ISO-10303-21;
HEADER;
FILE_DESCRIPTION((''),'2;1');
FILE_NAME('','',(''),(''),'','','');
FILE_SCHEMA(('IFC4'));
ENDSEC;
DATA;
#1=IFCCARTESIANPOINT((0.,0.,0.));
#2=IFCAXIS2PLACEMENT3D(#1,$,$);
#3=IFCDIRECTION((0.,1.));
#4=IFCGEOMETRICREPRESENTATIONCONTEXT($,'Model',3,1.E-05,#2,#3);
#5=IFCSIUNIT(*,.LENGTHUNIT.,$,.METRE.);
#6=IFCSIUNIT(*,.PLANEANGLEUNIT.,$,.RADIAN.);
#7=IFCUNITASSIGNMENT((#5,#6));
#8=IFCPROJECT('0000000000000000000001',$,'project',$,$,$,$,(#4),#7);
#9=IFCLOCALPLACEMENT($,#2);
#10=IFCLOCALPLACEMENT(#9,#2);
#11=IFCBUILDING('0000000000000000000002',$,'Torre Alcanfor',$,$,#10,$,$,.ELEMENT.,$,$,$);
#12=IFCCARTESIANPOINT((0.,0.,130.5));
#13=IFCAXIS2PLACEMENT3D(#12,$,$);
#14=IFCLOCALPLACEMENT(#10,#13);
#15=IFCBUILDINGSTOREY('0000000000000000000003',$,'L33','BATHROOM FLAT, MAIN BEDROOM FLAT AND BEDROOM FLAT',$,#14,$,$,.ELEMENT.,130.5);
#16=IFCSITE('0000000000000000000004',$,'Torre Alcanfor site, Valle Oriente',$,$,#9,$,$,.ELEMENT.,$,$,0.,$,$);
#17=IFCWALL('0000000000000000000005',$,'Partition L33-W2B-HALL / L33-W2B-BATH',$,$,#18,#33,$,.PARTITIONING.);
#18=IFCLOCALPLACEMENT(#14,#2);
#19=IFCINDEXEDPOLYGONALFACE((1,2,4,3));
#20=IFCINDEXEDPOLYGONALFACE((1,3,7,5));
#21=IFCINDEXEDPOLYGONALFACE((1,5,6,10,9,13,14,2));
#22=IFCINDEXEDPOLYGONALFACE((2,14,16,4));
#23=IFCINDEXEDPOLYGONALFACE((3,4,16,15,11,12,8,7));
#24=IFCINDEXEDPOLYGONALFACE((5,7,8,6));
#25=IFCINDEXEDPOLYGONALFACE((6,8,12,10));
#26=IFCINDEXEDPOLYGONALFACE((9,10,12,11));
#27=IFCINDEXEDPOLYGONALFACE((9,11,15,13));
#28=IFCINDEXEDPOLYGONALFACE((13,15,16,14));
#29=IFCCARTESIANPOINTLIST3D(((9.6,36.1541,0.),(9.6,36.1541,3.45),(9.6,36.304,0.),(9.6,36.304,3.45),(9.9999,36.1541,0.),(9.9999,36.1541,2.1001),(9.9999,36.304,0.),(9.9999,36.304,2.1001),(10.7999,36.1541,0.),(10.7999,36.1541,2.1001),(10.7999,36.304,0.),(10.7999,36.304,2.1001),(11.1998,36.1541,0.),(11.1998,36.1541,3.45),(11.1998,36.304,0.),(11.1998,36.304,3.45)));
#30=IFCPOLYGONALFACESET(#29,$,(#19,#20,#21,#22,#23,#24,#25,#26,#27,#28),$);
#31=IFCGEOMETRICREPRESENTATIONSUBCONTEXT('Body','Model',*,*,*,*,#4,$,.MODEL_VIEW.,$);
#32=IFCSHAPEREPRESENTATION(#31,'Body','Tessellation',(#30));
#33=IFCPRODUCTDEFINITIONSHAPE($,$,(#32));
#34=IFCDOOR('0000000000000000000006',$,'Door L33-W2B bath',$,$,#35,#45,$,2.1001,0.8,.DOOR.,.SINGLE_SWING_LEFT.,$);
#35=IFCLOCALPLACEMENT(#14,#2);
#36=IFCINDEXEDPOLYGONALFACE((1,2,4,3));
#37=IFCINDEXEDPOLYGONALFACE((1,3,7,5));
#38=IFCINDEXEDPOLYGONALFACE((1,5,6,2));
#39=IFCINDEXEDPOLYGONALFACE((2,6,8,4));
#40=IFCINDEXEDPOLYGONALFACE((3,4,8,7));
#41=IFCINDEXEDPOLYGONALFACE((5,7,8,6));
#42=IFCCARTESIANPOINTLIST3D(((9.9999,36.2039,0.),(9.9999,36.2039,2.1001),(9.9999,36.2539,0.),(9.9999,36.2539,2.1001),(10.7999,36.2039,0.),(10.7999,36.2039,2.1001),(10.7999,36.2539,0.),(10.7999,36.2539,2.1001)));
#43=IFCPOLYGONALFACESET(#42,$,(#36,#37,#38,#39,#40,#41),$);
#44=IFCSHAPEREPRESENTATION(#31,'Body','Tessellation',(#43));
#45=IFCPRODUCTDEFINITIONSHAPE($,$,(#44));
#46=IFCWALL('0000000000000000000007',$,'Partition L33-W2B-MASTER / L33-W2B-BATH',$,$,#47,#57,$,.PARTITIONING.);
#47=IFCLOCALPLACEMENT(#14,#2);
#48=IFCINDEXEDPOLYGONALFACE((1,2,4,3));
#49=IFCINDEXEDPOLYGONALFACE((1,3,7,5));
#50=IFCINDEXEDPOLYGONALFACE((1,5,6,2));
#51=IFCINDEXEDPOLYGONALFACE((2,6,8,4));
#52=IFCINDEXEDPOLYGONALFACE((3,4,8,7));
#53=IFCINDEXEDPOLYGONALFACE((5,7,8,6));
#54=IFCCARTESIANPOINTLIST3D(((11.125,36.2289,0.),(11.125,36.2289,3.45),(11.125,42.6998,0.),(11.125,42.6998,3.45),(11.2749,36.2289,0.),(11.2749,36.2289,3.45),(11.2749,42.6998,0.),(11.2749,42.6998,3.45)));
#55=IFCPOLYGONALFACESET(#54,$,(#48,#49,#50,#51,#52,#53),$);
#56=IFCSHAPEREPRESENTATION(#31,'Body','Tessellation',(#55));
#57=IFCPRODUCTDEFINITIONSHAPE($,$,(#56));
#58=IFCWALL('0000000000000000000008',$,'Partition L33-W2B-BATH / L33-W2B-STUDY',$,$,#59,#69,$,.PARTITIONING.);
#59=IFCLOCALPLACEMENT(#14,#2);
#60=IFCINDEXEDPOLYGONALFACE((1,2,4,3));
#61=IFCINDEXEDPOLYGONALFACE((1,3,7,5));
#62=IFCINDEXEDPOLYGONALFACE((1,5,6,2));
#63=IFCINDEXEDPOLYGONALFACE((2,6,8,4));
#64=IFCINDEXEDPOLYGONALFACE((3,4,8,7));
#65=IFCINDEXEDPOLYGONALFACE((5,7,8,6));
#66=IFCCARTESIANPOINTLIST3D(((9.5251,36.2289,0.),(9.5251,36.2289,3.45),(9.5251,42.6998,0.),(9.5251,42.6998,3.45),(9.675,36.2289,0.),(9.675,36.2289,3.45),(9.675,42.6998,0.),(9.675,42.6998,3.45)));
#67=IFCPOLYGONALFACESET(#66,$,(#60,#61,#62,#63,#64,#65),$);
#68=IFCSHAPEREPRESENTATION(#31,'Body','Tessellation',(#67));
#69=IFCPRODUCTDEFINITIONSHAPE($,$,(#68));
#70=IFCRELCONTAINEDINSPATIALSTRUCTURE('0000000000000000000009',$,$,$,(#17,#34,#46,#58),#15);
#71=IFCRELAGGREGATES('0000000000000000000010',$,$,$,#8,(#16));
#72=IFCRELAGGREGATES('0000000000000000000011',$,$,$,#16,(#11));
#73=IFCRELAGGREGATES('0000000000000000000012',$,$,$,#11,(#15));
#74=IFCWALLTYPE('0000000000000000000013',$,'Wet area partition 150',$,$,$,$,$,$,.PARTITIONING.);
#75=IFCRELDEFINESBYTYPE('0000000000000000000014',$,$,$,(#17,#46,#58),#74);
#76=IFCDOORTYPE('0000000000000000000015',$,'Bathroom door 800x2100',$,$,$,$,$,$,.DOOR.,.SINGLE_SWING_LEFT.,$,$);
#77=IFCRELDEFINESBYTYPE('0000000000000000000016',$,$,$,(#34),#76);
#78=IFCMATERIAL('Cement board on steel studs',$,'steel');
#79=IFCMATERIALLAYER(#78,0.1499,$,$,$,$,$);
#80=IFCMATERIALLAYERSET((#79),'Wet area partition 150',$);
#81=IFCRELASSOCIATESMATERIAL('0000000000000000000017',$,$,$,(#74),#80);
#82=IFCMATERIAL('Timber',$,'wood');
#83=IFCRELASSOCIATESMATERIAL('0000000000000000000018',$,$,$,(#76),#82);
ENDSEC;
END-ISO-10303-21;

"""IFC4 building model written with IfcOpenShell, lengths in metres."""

from ifc_helpers import new_model, si_unit, direction, frame, frame_2d, origin, place, context, subcontext, project, spatial, rectangle, extrude, material, layer, layer_set, type_object, element, fill, save


model = new_model("IFC4")

# Units and contexts
model_context = context("Model", 3, precision=1e-05, world=origin(), true_north=direction((0.0, 1.0)))
body_context = subcontext(model_context, "Body", "Model", "MODEL_VIEW")
ifc_project = project(units=[si_unit("LENGTHUNIT", "METRE"), si_unit("PLANEANGLEUNIT", "RADIAN")], contexts=[model_context])

# Site, building, storey
site_placement = place(None, origin())
site = spatial("IfcSite", under=ifc_project, at=site_placement, Name="Torre Alcanfor site, Valle Oriente", CompositionType="ELEMENT", RefElevation=0.0)
building_placement = place(site_placement, origin())
building = spatial("IfcBuilding", under=site, at=building_placement, Name="Torre Alcanfor", CompositionType="ELEMENT")
storey_placement = place(building_placement, frame((0.0, 0.0, 130.5)))
storey = spatial("IfcBuildingStorey", under=building, at=storey_placement, Name="L33", Description="BATHROOM FLAT, MAIN BEDROOM FLAT AND BEDROOM FLAT", CompositionType="ELEMENT", Elevation=130.5)

# Wall, opening, door
ifc_material_1 = material(Name="Cement board on steel studs", Category="steel")
ifc_layer_1 = layer(ifc_material_1, 0.1499)
ifc_layer_set_1 = layer_set([ifc_layer_1], Name="Wet area partition 150")
wall_type_1 = type_object("IfcWallType", Name="Wet area partition 150", PredefinedType="PARTITIONING", material=ifc_layer_set_1)
wall_1_placement = place(storey_placement, frame((9.6001, 36.229, 0.0), z_axis=(0.0, 0.0, 1.0), x_axis=(1.0, 0.0, 0.0)))
wall_1 = element("IfcWall", 1, at=wall_1_placement, inside=storey, type_object=wall_type_1, Name="Partition L33-W2B-HALL / L33-W2B-BATH", PredefinedType="PARTITIONING", context=body_context, shape_type="SweptSolid", body=[
    extrude(rectangle(XDim=1.5999, YDim=0.1499, at=frame_2d((0.7998, 0.0))), origin(), (0.0, 0.0, 1.0), 3.45),
])
opening_1_placement = place(wall_1_placement, frame((0.3999, 0.0, 0.0)))
opening_1 = element("IfcOpeningElement", 2, at=opening_1_placement, cuts=wall_1, PredefinedType="OPENING", context=body_context, shape_type="SweptSolid", body=[
    extrude(rectangle(XDim=0.8, YDim=2.1001, at=frame_2d((0.3999, 1.05))), frame((0.0, 0.085, 0.0), z_axis=(0.0, -1.0, 0.0), x_axis=(1.0, 0.0, 0.0)), (0.0, 0.0, 1.0), 0.1699),
])
ifc_material_2 = material(Name="Timber", Category="wood")
door_type_1 = type_object("IfcDoorType", Name="Bathroom door 800x2100", OperationType="SINGLE_SWING_LEFT", PredefinedType="DOOR", material=ifc_material_2)
door_1_placement = place(opening_1_placement, origin())
door_1 = element("IfcDoor", 3, at=door_1_placement, inside=storey, type_object=door_type_1, Name="Door L33-W2B bath", OperationType="SINGLE_SWING_LEFT", OverallHeight=2.1001, OverallWidth=0.8, PredefinedType="DOOR", context=body_context, shape_type="SweptSolid", body=[
    extrude(rectangle(XDim=0.8, YDim=2.1001, at=frame_2d((0.3999, 1.05))), frame((0.0, 0.0249, 0.0), z_axis=(0.0, -1.0, 0.0), x_axis=(1.0, 0.0, 0.0)), (0.0, 0.0, 1.0), 0.05),
])
fill(opening_1, door_1)

# Walls
for number, where, z_axis, x_axis, name in (
    (4, (11.2, 36.229, 0.0), (0.0, 0.0, 1.0), (0.0, 1.0, 0.0), "Partition L33-W2B-MASTER / L33-W2B-BATH"),
    (5, (9.6001, 36.229, 0.0), (0.0, 0.0, 1.0), (0.0, 1.0, 0.0), "Partition L33-W2B-BATH / L33-W2B-STUDY"),
):
    element("IfcWall", number, at=place(storey_placement, frame(where, z_axis=z_axis, x_axis=x_axis)), inside=storey, type_object=wall_type_1, Name=name, PredefinedType="PARTITIONING", context=body_context, shape_type="SweptSolid", body=[
        extrude(rectangle(XDim=6.4709, YDim=0.1499, at=frame_2d((3.2354, 0.0))), origin(), (0.0, 0.0, 1.0), 3.45),
    ])

save(model, "model.ifc")
